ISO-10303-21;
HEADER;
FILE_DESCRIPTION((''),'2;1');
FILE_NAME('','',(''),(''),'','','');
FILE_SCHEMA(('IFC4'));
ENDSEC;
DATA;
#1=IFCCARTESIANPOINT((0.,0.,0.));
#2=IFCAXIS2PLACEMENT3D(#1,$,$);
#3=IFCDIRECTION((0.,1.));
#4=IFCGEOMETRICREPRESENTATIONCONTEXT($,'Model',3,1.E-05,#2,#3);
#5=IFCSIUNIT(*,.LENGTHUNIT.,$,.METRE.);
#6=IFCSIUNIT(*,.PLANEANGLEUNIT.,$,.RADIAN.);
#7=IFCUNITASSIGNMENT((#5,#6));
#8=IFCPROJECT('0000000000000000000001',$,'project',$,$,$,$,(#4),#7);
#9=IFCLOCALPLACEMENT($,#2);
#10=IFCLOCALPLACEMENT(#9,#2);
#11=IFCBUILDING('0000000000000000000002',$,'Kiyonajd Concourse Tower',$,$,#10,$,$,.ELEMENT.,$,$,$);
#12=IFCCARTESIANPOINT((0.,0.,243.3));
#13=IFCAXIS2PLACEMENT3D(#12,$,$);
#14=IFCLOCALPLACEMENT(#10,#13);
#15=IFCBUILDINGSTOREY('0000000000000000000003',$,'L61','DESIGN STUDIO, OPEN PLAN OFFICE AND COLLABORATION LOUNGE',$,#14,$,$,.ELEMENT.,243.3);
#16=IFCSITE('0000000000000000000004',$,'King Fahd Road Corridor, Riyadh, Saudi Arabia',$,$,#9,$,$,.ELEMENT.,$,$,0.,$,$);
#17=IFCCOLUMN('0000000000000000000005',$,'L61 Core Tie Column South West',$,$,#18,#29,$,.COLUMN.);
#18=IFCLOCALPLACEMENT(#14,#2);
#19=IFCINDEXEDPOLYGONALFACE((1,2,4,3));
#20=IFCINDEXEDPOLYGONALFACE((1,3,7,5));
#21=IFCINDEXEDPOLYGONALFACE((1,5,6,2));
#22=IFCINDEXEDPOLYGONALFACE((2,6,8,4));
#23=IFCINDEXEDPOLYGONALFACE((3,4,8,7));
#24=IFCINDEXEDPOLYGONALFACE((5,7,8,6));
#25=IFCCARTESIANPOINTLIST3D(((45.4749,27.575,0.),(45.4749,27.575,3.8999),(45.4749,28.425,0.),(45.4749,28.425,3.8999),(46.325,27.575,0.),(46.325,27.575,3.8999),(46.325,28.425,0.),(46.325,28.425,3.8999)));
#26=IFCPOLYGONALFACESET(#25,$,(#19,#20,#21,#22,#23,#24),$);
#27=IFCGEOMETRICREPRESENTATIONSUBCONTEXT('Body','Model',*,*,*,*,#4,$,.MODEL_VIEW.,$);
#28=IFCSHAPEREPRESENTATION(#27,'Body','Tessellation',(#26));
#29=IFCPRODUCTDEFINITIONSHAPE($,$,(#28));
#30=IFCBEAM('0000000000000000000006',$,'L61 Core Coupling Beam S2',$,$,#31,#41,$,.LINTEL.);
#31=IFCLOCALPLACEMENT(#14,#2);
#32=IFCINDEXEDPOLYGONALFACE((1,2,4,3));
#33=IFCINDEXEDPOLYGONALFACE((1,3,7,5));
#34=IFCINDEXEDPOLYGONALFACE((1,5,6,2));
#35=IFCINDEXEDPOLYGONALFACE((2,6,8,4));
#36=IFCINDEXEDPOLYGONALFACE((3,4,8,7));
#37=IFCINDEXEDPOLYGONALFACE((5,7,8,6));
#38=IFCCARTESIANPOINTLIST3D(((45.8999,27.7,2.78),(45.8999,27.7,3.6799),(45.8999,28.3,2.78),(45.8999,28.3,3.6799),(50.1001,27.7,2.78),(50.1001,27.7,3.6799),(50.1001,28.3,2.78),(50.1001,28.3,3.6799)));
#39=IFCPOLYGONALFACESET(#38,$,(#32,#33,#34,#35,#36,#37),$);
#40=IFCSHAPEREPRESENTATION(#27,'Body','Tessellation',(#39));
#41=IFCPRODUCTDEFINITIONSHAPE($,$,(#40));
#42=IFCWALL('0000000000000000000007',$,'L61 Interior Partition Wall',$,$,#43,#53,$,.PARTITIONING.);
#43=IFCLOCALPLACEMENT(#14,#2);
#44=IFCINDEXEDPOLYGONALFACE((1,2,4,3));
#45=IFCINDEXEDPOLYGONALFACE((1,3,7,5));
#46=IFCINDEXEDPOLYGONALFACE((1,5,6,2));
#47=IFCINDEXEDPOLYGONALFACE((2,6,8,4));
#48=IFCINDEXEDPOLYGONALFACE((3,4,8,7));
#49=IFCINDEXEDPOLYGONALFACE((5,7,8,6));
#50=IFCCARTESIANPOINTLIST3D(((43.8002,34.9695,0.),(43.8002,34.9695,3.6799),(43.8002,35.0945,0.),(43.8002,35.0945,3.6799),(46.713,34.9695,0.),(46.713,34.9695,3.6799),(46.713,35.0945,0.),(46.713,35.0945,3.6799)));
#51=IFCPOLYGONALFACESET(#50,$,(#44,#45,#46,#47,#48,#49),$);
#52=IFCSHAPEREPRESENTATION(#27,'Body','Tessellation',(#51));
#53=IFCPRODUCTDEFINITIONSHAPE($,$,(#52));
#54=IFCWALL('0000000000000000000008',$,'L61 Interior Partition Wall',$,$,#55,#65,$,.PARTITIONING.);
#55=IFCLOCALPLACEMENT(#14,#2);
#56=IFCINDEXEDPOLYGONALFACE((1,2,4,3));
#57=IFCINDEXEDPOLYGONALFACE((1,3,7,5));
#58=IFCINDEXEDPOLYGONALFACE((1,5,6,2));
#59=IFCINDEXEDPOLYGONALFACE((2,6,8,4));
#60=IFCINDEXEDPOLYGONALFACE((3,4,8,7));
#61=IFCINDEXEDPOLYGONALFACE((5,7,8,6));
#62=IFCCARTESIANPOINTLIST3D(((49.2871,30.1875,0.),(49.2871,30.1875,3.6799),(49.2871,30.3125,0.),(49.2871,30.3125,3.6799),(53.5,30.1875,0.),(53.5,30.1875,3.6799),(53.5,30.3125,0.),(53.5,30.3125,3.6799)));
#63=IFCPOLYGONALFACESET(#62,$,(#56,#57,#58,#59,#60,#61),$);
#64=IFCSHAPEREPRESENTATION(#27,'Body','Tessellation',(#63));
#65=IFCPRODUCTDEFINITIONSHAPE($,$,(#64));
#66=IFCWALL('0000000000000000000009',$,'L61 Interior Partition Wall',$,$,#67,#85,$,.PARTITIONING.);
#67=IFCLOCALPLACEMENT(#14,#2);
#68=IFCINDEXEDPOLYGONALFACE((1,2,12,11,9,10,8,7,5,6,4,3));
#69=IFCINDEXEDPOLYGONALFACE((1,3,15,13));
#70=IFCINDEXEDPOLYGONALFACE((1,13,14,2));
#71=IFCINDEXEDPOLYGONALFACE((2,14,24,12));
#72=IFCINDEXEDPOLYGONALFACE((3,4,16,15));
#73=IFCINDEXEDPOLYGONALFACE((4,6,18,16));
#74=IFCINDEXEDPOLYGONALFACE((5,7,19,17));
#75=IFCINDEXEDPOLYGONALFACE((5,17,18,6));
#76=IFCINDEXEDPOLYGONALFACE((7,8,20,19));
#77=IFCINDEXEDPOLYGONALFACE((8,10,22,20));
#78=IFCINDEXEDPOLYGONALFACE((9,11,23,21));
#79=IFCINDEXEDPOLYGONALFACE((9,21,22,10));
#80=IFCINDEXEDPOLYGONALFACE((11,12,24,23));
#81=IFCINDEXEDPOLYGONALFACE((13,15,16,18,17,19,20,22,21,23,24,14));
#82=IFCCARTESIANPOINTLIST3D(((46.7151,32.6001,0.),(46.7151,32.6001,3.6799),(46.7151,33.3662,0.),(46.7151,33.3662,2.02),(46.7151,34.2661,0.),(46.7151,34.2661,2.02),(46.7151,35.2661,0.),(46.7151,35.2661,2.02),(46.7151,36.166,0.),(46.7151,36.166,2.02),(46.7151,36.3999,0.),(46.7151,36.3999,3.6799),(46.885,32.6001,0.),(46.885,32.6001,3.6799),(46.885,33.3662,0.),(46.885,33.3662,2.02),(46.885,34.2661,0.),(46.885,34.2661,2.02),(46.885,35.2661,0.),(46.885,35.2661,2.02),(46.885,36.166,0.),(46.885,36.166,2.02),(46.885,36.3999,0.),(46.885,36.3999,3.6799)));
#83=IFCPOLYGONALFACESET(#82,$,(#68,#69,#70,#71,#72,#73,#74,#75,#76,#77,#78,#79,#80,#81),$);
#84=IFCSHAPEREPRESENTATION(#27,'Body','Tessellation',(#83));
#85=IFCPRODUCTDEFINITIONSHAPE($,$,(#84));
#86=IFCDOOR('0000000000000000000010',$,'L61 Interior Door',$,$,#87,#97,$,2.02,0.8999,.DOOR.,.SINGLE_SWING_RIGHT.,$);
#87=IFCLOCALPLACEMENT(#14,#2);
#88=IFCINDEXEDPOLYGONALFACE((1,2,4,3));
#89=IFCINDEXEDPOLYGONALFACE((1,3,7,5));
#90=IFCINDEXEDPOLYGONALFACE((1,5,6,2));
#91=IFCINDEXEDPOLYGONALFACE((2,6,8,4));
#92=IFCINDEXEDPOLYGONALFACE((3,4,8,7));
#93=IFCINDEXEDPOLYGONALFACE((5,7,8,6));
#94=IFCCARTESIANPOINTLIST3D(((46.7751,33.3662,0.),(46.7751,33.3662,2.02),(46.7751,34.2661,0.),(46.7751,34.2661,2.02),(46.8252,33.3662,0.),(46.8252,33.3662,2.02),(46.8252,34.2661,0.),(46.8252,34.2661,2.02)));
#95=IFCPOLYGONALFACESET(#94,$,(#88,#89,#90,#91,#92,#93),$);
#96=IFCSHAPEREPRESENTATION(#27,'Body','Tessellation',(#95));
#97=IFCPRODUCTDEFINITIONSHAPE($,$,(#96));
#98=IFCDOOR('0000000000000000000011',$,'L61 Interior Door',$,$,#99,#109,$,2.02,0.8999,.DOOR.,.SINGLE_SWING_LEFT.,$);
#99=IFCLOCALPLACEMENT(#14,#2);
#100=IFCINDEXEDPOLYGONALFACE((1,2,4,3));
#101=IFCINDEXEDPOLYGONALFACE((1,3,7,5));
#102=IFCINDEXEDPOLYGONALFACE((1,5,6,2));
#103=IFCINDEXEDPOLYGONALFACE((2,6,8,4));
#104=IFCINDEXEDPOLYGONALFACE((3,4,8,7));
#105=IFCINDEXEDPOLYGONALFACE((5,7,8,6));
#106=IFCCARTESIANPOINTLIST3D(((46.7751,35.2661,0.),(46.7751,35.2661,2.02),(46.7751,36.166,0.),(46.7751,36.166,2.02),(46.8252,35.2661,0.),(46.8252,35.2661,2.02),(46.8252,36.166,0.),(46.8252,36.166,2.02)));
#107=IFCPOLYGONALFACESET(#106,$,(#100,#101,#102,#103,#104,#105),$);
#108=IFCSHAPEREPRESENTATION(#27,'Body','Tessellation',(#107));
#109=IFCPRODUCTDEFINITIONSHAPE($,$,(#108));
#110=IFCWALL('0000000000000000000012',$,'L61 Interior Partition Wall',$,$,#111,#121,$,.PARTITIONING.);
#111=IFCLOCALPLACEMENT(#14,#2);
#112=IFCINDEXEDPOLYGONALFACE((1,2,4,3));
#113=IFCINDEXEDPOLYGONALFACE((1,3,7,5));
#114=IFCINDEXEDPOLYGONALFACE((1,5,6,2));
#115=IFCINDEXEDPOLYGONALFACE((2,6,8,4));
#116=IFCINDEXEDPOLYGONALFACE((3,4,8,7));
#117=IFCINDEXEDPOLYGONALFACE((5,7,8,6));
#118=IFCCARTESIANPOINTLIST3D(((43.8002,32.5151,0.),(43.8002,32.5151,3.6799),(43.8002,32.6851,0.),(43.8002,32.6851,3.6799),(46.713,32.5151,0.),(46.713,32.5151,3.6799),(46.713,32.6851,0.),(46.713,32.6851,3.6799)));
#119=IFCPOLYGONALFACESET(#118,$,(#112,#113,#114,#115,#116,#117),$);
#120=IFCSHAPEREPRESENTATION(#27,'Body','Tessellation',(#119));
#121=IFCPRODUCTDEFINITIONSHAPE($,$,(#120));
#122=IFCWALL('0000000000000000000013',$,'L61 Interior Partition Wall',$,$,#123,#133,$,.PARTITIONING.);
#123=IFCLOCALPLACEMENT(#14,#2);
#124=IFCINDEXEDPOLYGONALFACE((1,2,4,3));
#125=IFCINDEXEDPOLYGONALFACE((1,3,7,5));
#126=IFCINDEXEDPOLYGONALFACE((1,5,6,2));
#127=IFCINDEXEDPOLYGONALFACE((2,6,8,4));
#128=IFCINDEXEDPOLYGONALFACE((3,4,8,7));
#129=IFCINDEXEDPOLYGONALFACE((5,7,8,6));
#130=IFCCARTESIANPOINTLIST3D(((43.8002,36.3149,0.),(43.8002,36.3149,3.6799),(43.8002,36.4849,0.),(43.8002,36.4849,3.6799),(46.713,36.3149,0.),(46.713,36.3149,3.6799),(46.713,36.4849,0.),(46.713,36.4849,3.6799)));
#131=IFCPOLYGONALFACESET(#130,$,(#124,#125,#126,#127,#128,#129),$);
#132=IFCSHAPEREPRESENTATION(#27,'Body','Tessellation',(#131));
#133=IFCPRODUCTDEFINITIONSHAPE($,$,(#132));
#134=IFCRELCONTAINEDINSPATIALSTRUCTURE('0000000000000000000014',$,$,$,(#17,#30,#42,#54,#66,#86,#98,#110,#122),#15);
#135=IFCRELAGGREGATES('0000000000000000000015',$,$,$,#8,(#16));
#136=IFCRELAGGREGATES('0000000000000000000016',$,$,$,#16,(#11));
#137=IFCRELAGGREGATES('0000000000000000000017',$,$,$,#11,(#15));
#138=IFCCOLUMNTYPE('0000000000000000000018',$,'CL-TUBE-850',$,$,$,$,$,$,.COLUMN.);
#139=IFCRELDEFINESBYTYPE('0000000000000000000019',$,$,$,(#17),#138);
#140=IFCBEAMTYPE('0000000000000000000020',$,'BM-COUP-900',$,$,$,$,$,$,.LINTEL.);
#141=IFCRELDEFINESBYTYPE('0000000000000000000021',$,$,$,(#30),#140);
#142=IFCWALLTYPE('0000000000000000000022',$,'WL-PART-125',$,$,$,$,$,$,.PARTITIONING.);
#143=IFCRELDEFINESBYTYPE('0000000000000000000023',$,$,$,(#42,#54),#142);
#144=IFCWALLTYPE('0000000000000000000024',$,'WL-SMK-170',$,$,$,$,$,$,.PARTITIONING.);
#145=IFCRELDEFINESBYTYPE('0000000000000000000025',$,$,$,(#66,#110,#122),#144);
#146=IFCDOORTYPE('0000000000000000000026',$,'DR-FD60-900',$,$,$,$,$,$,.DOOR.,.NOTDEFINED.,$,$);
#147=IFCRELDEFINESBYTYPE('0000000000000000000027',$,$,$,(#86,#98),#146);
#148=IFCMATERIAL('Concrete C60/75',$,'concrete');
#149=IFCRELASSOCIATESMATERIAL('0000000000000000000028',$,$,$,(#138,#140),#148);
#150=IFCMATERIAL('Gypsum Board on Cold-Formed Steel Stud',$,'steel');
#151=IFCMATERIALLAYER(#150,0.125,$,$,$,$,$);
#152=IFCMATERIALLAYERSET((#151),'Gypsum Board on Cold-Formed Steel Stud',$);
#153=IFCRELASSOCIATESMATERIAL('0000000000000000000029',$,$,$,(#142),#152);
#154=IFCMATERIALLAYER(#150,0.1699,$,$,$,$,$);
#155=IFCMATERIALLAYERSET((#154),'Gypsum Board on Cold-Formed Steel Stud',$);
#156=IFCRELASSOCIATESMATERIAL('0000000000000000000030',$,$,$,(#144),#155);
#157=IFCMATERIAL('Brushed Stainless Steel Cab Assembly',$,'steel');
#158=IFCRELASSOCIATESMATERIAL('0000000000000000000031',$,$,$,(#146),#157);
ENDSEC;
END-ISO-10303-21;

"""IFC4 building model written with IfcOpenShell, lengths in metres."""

from ifc_helpers import new_model, si_unit, direction, frame, frame_2d, origin, origin_2d, place, context, subcontext, project, spatial, rectangle, extrude, material, layer, layer_set, material_profile, profile_set, type_object, element, fill, save


model = new_model("IFC4")

# Units and contexts
model_context = context("Model", 3, precision=1e-05, world=origin(), true_north=direction((0.0, 1.0)))
body_context = subcontext(model_context, "Body", "Model", "MODEL_VIEW")
ifc_project = project(units=[si_unit("LENGTHUNIT", "METRE"), si_unit("PLANEANGLEUNIT", "RADIAN")], contexts=[model_context])

# Site, building, storey
site_placement = place(None, origin())
site = spatial("IfcSite", under=ifc_project, at=site_placement, Name="King Fahd Road Corridor, Riyadh, Saudi Arabia", CompositionType="ELEMENT", RefElevation=0.0)
building_placement = place(site_placement, origin())
building = spatial("IfcBuilding", under=site, at=building_placement, Name="Kiyonajd Concourse Tower", CompositionType="ELEMENT")
storey_placement = place(building_placement, frame((0.0, 0.0, 243.3)))
storey = spatial("IfcBuildingStorey", under=building, at=storey_placement, Name="L61", Description="DESIGN STUDIO, OPEN PLAN OFFICE AND COLLABORATION LOUNGE", CompositionType="ELEMENT", Elevation=243.3)

# Column
ifc_material_1 = material(Name="Concrete C60/75", Category="concrete")
ifc_material_profile_1 = material_profile(ifc_material_1, rectangle(XDim=0.8501, YDim=0.8501, at=origin_2d()), Name="RC-850x850")
ifc_profile_set_1 = profile_set([ifc_material_profile_1], Name="Concrete C60/75")
column_type = type_object("IfcColumnType", Name="CL-TUBE-850", PredefinedType="COLUMN", material=ifc_profile_set_1)
column_placement = place(storey_placement, frame((45.8999, 28.0, 0.0), z_axis=(0.0, 0.0, 1.0), x_axis=(1.0, 0.0, 0.0)))
element("IfcColumn", 1, at=column_placement, inside=storey, type_object=column_type, Name="L61 Core Tie Column South West", PredefinedType="COLUMN", context=body_context, shape_type="SweptSolid", body=[
    extrude(rectangle(XDim=0.8501, YDim=0.8501, at=origin_2d()), origin(), (0.0, 0.0, 1.0), 3.8999),
])

# Beam
ifc_material_profile_2 = material_profile(ifc_material_1, rectangle(XDim=0.6001, YDim=0.8999, at=origin_2d()), Name="RCBM-600x900")
ifc_profile_set_2 = profile_set([ifc_material_profile_2], Name="Concrete C60/75")
beam_type = type_object("IfcBeamType", Name="BM-COUP-900", PredefinedType="LINTEL", material=ifc_profile_set_2)
beam_placement = place(storey_placement, frame((45.8999, 28.0, 3.23), z_axis=(1.0, 0.0, 0.0), x_axis=(0.0, 1.0, 0.0)))
element("IfcBeam", 2, at=beam_placement, inside=storey, type_object=beam_type, Name="L61 Core Coupling Beam S2", PredefinedType="LINTEL", context=body_context, shape_type="SweptSolid", body=[
    extrude(rectangle(XDim=0.6001, YDim=0.8999, at=origin_2d()), origin(), (0.0, 0.0, 1.0), 4.2002),
])

# Walls
ifc_material_2 = material(Name="Gypsum Board on Cold-Formed Steel Stud", Category="steel")
ifc_layer_1 = layer(ifc_material_2, 0.125)
ifc_layer_set_1 = layer_set([ifc_layer_1], Name="Gypsum Board on Cold-Formed Steel Stud")
wall_type_1 = type_object("IfcWallType", Name="WL-PART-125", PredefinedType="PARTITIONING", material=ifc_layer_set_1)
wall_1_placement = place(storey_placement, frame((43.8, 35.032, 0.0), z_axis=(0.0, 0.0, 1.0), x_axis=(1.0, 0.0, 0.0)))
element("IfcWall", 3, at=wall_1_placement, inside=storey, type_object=wall_type_1, Name="L61 Interior Partition Wall", PredefinedType="PARTITIONING", context=body_context, shape_type="SweptSolid", body=[
    extrude(rectangle(XDim=2.9128, YDim=0.125, at=frame_2d((1.4565, 0.0))), origin(), (0.0, 0.0, 1.0), 3.6799),
])
wall_2_placement = place(storey_placement, frame((49.2871, 30.25, 0.0), z_axis=(0.0, 0.0, 1.0), x_axis=(1.0, 0.0, 0.0)))
element("IfcWall", 4, at=wall_2_placement, inside=storey, type_object=wall_type_1, Name="L61 Interior Partition Wall", PredefinedType="PARTITIONING", context=body_context, shape_type="SweptSolid", body=[
    extrude(rectangle(XDim=4.2129, YDim=0.125, at=frame_2d((2.1064, 0.0))), origin(), (0.0, 0.0, 1.0), 3.6799),
])

# Wall, openings, doors
ifc_layer_2 = layer(ifc_material_2, 0.1699)
ifc_layer_set_2 = layer_set([ifc_layer_2], Name="Gypsum Board on Cold-Formed Steel Stud")
wall_type_2 = type_object("IfcWallType", Name="WL-SMK-170", PredefinedType="PARTITIONING", material=ifc_layer_set_2)
wall_3_placement = place(storey_placement, frame((46.8, 32.6001, 0.0), z_axis=(0.0, 0.0, 1.0), x_axis=(0.0, 1.0, 0.0)))
wall_3 = element("IfcWall", 5, at=wall_3_placement, inside=storey, type_object=wall_type_2, Name="L61 Interior Partition Wall", PredefinedType="PARTITIONING", context=body_context, shape_type="SweptSolid", body=[
    extrude(rectangle(XDim=3.7998, YDim=0.1699, at=frame_2d((1.8999, 0.0))), origin(), (0.0, 0.0, 1.0), 3.6799),
])
opening_1_placement = place(wall_3_placement, frame((0.7661, 0.0, 0.0)))
opening_1 = element("IfcOpeningElement", 6, at=opening_1_placement, cuts=wall_3, PredefinedType="OPENING", context=body_context, shape_type="SweptSolid", body=[
    extrude(rectangle(XDim=0.8999, YDim=2.02, at=frame_2d((0.45, 1.01))), frame((0.0, 0.095, 0.0), z_axis=(0.0, -1.0, 0.0), x_axis=(1.0, 0.0, 0.0)), (0.0, 0.0, 1.0), 0.1899),
])
opening_2_placement = place(wall_3_placement, frame((2.666, 0.0, 0.0)))
opening_2 = element("IfcOpeningElement", 7, at=opening_2_placement, cuts=wall_3, PredefinedType="OPENING", context=body_context, shape_type="SweptSolid", body=[
    extrude(rectangle(XDim=0.8999, YDim=2.02, at=frame_2d((0.45, 1.01))), frame((0.0, 0.095, 0.0), z_axis=(0.0, -1.0, 0.0), x_axis=(1.0, 0.0, 0.0)), (0.0, 0.0, 1.0), 0.1899),
])
ifc_material_3 = material(Name="Brushed Stainless Steel Cab Assembly", Category="steel")
door_type_1 = type_object("IfcDoorType", Name="DR-FD60-900", OperationType="NOTDEFINED", PredefinedType="DOOR", material=ifc_material_3)
door_1_placement = place(opening_1_placement, origin())
door_1 = element("IfcDoor", 8, at=door_1_placement, inside=storey, type_object=door_type_1, Name="L61 Interior Door", OperationType="SINGLE_SWING_RIGHT", OverallHeight=2.02, OverallWidth=0.8999, PredefinedType="DOOR", context=body_context, shape_type="SweptSolid", body=[
    extrude(rectangle(XDim=0.8999, YDim=2.02, at=frame_2d((0.45, 1.01))), frame((0.0, 0.0249, 0.0), z_axis=(0.0, -1.0, 0.0), x_axis=(1.0, 0.0, 0.0)), (0.0, 0.0, 1.0), 0.05),
])
fill(opening_1, door_1)
door_2_placement = place(opening_2_placement, origin())
door_2 = element("IfcDoor", 9, at=door_2_placement, inside=storey, type_object=door_type_1, Name="L61 Interior Door", OperationType="SINGLE_SWING_LEFT", OverallHeight=2.02, OverallWidth=0.8999, PredefinedType="DOOR", context=body_context, shape_type="SweptSolid", body=[
    extrude(rectangle(XDim=0.8999, YDim=2.02, at=frame_2d((0.45, 1.01))), frame((0.0, 0.0249, 0.0), z_axis=(0.0, -1.0, 0.0), x_axis=(1.0, 0.0, 0.0)), (0.0, 0.0, 1.0), 0.05),
])
fill(opening_2, door_2)

# Walls
for number, where, z_axis, x_axis, name in (
    (10, (43.8, 32.6001, 0.0), (0.0, 0.0, 1.0), (1.0, 0.0, 0.0), "L61 Interior Partition Wall"),
    (11, (43.8, 36.3999, 0.0), (0.0, 0.0, 1.0), (1.0, 0.0, 0.0), "L61 Interior Partition Wall"),
):
    element("IfcWall", number, at=place(storey_placement, frame(where, z_axis=z_axis, x_axis=x_axis)), inside=storey, type_object=wall_type_2, Name=name, PredefinedType="PARTITIONING", context=body_context, shape_type="SweptSolid", body=[
        extrude(rectangle(XDim=2.9128, YDim=0.1699, at=frame_2d((1.4565, 0.0))), origin(), (0.0, 0.0, 1.0), 3.6799),
    ])

save(model, "model.ifc")
